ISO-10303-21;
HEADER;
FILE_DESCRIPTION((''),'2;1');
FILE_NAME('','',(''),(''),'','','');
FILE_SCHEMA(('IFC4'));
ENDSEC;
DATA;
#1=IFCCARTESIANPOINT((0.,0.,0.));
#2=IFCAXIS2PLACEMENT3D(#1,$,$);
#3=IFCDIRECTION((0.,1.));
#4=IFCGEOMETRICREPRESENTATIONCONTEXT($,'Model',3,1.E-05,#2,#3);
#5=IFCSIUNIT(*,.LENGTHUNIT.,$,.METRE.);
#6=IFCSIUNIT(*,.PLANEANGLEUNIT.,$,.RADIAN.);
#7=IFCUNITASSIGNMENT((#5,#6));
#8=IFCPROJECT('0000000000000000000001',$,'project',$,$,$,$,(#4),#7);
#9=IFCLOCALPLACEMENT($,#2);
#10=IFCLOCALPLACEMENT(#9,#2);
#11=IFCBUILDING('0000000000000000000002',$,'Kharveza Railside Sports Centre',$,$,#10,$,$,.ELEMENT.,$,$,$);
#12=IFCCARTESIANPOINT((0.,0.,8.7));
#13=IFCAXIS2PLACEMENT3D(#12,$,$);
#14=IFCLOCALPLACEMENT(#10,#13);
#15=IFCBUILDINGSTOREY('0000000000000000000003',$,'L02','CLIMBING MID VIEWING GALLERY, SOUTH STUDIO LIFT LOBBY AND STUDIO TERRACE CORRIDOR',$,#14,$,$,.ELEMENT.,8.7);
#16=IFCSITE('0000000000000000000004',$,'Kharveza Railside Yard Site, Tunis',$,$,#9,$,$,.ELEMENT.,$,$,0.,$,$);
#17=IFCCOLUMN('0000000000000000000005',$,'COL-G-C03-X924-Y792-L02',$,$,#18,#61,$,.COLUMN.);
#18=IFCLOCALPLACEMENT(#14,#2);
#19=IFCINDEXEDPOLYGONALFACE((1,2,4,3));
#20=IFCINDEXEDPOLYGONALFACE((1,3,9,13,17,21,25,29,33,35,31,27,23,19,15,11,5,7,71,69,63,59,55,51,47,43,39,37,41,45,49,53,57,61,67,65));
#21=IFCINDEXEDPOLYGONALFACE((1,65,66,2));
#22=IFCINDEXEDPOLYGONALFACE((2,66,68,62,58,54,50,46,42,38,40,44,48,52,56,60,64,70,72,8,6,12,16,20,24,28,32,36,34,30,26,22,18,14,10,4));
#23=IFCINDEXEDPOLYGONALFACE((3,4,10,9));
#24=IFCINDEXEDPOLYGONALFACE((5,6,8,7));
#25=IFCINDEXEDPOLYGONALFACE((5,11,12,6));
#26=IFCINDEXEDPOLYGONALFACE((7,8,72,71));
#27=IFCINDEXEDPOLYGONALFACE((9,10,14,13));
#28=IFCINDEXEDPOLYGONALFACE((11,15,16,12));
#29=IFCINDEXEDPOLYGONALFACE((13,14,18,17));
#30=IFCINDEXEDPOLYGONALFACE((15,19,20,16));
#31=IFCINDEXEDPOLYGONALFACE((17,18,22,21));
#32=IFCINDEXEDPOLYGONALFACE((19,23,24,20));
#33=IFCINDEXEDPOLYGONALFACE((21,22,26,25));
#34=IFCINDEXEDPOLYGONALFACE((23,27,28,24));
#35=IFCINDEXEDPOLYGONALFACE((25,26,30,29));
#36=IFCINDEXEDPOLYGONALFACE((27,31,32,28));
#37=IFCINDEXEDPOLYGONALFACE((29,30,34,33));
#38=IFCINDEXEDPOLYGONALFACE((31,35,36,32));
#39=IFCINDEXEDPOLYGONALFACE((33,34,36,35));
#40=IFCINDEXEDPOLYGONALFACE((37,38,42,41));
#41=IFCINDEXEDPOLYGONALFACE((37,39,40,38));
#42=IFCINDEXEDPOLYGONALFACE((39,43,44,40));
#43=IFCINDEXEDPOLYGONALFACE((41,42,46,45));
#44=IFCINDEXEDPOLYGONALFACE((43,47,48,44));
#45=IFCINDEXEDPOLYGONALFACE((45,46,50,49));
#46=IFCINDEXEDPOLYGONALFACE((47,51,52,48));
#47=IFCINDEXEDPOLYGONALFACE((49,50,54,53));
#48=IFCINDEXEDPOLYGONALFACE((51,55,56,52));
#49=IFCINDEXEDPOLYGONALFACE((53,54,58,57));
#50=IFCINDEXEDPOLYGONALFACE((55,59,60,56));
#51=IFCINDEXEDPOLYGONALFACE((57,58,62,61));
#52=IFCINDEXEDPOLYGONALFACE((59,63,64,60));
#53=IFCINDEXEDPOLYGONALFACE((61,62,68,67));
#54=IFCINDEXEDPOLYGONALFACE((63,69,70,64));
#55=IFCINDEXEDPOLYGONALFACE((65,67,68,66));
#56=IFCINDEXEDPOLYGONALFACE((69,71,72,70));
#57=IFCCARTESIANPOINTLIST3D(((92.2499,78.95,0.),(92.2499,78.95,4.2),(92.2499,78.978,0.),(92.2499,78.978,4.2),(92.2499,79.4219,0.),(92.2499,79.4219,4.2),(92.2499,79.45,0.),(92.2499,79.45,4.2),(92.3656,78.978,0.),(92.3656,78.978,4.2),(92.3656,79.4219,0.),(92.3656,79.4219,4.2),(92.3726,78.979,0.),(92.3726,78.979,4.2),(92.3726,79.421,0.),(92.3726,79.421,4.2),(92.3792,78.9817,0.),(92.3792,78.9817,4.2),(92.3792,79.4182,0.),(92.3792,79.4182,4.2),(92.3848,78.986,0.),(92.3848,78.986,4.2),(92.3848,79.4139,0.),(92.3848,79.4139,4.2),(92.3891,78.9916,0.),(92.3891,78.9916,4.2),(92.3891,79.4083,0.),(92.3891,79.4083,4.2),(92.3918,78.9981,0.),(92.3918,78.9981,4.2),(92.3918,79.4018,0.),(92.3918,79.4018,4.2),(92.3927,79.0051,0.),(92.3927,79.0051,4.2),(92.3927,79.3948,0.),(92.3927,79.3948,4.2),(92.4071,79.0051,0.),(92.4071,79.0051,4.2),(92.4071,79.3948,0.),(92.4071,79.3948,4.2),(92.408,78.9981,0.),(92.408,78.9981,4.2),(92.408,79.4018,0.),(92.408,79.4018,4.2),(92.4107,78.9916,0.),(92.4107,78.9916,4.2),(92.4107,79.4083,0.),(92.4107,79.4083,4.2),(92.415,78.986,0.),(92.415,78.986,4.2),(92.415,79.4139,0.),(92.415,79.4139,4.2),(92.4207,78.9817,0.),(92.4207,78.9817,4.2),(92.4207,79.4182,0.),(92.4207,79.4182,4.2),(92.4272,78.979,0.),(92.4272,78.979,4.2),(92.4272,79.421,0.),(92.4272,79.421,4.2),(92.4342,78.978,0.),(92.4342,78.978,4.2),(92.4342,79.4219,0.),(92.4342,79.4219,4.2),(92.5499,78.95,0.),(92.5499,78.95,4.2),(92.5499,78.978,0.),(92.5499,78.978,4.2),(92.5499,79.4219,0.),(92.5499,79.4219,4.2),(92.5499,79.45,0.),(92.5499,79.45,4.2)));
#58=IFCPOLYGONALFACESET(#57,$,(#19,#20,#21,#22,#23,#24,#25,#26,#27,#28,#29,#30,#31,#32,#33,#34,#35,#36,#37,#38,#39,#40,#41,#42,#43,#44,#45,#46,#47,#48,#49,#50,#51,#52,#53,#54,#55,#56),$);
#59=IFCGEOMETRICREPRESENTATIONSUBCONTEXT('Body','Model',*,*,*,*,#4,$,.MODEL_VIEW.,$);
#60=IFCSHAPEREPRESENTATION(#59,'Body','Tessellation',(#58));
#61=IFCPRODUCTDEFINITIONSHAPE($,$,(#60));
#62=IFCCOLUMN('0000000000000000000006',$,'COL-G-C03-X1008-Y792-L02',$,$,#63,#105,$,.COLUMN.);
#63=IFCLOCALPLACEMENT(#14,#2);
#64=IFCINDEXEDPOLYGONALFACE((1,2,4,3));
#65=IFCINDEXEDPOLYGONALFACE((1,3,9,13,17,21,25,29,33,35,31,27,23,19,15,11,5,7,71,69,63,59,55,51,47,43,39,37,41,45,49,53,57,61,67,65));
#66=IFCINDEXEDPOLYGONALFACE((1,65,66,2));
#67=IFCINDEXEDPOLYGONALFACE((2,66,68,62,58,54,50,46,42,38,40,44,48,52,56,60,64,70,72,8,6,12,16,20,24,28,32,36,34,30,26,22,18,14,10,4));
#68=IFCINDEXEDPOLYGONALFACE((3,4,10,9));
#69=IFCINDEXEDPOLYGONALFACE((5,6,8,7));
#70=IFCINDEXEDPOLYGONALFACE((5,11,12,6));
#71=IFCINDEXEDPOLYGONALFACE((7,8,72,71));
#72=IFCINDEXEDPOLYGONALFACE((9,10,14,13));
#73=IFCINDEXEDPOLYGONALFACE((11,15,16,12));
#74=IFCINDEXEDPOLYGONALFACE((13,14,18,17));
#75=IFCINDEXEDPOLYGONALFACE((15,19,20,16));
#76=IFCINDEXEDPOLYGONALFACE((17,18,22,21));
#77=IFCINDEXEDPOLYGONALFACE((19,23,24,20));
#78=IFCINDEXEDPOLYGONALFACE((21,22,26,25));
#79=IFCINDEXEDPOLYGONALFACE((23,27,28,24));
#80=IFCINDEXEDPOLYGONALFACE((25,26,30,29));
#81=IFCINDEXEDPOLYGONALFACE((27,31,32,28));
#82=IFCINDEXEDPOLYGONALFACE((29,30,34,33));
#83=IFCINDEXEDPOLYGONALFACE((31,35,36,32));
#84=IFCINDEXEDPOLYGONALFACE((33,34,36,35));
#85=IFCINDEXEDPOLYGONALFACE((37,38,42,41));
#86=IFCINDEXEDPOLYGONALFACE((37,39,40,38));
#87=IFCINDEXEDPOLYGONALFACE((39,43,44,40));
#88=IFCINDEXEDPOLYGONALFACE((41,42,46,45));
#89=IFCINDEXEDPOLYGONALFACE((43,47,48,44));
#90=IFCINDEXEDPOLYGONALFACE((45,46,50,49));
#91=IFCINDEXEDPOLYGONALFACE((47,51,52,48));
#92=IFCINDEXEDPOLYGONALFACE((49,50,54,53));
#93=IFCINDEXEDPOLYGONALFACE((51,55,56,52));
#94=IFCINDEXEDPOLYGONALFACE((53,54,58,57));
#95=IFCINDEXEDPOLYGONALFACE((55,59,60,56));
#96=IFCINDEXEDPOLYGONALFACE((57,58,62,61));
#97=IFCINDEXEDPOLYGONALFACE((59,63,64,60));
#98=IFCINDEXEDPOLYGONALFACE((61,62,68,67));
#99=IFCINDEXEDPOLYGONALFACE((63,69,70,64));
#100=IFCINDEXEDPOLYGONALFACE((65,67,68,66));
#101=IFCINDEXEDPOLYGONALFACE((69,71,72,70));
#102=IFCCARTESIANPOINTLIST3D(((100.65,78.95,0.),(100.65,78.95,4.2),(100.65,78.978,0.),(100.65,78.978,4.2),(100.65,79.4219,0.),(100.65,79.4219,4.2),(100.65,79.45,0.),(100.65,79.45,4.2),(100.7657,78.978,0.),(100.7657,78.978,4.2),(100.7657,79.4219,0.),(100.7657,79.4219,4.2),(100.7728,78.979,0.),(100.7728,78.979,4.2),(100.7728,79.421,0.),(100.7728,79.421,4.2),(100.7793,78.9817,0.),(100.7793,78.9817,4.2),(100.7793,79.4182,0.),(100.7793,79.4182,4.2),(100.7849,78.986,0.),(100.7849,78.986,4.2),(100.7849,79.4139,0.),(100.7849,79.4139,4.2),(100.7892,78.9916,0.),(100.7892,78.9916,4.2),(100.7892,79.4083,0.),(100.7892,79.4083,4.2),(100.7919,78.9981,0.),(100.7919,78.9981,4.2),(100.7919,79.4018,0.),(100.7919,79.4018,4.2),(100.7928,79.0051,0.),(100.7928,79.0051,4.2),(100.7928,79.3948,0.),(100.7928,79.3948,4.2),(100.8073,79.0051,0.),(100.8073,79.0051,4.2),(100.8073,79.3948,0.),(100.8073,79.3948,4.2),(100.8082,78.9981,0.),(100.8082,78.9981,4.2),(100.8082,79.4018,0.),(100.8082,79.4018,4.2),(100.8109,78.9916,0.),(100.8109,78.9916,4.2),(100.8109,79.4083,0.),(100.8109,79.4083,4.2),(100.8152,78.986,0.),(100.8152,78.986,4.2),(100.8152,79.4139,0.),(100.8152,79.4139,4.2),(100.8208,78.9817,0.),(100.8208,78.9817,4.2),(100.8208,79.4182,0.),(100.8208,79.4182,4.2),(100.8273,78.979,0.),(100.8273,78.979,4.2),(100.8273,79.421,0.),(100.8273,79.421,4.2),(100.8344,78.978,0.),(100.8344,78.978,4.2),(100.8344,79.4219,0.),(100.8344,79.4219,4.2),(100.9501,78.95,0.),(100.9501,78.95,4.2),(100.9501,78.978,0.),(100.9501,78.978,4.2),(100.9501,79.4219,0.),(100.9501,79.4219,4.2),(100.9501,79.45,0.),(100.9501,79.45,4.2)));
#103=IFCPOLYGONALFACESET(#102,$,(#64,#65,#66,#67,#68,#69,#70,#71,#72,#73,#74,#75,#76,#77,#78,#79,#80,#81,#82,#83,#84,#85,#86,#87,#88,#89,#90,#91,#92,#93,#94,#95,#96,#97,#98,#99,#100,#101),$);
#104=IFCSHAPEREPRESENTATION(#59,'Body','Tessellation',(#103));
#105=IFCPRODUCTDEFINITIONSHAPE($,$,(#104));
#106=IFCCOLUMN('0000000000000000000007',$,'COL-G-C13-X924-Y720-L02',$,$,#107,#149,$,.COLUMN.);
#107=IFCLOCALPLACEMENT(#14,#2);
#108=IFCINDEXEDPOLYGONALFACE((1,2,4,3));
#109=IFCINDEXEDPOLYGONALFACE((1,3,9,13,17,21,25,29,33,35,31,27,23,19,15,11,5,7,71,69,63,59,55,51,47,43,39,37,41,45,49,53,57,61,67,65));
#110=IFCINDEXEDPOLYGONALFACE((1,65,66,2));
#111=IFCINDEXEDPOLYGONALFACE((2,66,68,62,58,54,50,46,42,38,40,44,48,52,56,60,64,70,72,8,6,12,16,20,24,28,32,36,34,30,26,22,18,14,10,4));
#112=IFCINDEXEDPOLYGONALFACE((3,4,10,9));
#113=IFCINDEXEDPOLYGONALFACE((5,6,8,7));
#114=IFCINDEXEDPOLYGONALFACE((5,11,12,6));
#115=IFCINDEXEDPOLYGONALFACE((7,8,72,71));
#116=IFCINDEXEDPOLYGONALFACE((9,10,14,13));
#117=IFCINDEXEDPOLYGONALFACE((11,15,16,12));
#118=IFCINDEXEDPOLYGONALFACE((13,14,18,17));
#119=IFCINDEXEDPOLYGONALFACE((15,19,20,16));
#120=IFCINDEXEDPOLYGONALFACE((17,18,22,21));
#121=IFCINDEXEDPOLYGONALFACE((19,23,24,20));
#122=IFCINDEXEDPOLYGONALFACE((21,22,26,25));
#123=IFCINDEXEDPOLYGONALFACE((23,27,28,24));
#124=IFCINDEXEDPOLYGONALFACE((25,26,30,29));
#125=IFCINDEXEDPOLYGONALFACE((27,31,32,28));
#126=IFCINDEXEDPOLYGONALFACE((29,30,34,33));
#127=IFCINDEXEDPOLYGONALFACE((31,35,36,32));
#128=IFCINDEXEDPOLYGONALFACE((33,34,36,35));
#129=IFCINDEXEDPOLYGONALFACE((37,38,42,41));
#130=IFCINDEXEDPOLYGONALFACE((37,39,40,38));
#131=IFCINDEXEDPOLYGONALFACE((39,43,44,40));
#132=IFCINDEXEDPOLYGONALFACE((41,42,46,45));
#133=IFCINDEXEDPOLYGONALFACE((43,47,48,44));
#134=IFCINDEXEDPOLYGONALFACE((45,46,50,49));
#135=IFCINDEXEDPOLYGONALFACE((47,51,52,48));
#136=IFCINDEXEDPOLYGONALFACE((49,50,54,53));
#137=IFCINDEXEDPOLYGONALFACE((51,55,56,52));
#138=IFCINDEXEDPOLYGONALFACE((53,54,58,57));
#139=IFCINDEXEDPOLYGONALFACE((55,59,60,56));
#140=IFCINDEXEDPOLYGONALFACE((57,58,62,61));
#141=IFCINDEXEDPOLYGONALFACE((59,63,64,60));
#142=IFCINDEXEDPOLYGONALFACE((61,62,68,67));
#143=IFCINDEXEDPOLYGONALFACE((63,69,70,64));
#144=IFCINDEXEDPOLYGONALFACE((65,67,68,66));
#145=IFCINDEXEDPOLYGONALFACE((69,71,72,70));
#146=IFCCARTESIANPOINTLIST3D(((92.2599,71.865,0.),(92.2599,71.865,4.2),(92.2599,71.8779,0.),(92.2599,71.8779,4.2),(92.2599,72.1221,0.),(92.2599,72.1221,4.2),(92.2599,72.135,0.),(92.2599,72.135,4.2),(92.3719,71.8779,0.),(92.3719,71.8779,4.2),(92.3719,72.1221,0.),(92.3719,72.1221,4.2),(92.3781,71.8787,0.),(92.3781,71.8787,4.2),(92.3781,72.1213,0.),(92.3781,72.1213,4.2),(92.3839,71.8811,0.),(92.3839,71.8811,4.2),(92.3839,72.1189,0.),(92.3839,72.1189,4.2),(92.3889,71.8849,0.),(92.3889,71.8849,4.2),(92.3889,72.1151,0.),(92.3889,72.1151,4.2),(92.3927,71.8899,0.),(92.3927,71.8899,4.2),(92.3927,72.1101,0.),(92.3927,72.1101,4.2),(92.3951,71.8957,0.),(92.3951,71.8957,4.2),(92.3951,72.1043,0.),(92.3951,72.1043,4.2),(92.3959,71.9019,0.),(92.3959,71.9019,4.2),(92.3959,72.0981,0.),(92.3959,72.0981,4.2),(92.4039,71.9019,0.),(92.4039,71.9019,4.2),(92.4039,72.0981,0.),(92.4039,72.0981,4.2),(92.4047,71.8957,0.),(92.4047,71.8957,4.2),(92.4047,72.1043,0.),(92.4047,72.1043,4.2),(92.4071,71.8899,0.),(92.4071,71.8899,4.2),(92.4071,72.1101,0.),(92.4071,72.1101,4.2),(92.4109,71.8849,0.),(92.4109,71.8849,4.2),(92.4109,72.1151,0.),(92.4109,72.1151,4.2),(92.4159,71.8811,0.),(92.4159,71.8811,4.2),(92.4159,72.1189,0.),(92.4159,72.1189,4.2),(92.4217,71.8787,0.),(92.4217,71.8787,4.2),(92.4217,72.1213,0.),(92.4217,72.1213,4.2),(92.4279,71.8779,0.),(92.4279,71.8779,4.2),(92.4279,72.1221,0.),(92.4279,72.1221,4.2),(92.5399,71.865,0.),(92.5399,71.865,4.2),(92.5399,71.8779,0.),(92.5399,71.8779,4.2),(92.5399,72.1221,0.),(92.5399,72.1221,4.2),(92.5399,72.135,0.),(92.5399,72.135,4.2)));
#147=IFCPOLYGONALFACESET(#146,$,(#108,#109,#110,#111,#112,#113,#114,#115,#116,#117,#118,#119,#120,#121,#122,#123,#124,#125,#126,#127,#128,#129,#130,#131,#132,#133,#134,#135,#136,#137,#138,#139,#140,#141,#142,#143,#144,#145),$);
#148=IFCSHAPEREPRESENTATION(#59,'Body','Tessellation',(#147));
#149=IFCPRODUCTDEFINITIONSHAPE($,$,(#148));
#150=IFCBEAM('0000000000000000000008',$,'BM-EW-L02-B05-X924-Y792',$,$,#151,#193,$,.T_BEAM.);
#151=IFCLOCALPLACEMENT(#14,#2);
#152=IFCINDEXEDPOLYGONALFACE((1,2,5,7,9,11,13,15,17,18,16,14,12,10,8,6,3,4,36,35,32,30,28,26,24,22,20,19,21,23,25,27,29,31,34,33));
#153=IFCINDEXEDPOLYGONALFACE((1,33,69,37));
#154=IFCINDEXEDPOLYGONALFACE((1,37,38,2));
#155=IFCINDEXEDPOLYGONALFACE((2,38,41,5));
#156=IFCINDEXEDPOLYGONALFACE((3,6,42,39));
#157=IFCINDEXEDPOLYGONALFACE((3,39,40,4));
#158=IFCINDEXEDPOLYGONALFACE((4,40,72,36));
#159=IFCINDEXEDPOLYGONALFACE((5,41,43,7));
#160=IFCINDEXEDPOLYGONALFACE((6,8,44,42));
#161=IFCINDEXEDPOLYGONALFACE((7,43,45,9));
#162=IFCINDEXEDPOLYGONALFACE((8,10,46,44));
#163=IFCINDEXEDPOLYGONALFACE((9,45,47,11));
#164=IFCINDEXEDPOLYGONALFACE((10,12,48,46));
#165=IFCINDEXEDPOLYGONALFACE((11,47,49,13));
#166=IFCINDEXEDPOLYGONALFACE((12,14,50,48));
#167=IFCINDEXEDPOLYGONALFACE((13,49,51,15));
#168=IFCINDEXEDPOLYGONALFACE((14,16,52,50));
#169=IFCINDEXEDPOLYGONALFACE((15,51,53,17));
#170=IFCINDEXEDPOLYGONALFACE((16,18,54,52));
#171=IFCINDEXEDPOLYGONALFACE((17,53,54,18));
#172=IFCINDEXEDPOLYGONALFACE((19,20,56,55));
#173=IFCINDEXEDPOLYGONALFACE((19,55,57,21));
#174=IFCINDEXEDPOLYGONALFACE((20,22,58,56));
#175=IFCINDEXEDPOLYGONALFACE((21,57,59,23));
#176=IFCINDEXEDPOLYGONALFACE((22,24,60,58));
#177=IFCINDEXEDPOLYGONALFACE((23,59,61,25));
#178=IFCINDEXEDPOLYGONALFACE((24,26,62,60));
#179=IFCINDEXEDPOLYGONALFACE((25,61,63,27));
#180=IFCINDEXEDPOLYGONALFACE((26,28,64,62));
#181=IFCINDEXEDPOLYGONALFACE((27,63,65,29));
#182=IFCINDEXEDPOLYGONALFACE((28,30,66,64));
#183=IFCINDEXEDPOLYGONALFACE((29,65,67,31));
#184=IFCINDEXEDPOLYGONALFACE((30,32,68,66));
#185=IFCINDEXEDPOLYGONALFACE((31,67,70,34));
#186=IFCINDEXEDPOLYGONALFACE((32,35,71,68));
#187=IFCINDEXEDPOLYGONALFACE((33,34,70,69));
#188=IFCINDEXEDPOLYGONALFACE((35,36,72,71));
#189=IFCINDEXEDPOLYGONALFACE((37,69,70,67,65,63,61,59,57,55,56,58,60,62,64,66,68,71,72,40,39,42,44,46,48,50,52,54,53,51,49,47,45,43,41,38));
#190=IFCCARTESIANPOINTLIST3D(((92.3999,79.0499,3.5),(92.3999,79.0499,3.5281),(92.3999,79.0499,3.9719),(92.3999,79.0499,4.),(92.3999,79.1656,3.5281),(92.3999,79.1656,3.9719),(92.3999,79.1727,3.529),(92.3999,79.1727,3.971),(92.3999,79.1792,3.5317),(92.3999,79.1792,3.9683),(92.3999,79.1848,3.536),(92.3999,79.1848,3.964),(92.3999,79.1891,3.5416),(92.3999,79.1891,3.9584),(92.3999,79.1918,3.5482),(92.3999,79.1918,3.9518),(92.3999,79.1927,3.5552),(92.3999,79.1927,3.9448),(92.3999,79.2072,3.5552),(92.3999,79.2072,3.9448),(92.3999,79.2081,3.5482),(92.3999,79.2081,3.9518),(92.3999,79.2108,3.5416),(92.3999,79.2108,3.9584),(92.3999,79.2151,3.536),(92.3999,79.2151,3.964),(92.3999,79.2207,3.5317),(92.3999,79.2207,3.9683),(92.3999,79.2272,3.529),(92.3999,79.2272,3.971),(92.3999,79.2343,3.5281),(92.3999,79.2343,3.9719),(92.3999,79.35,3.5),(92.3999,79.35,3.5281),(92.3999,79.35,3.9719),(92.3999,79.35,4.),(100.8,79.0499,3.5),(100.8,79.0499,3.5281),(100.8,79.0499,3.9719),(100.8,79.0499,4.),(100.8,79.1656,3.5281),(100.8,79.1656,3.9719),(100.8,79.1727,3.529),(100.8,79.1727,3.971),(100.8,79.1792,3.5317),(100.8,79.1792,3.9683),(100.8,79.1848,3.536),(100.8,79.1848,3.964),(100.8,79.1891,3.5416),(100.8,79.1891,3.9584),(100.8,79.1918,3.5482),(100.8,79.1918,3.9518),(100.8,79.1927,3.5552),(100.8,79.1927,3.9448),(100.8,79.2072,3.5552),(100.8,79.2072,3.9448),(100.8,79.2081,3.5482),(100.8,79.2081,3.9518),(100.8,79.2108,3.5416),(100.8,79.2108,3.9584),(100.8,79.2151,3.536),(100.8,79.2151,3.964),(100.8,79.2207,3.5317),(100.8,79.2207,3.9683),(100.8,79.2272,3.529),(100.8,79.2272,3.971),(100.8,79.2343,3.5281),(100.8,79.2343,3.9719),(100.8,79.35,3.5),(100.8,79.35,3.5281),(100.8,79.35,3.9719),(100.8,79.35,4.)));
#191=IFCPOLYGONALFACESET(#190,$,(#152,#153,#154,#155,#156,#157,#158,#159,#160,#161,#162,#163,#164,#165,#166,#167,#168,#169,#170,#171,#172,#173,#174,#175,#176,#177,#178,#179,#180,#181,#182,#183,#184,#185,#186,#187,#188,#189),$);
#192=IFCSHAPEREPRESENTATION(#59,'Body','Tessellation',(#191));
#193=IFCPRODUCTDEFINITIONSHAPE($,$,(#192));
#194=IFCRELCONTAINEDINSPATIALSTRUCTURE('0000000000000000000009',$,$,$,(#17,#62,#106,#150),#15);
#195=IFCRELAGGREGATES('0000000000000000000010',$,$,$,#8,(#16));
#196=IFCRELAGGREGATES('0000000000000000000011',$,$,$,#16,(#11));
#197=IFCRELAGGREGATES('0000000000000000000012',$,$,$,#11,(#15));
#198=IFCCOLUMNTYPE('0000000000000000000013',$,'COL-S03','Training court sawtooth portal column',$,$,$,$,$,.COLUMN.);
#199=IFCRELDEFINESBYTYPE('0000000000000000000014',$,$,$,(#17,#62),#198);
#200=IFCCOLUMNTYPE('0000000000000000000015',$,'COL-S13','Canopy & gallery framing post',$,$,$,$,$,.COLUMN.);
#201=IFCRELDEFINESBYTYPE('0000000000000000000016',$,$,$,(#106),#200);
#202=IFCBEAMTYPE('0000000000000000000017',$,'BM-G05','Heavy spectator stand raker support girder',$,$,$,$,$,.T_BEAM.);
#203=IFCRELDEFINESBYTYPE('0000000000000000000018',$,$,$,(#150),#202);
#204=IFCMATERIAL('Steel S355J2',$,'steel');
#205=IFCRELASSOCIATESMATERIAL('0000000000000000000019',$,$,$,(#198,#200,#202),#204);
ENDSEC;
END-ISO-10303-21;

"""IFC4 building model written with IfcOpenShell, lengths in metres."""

from ifc_helpers import new_model, si_unit, direction, frame, origin, origin_2d, place, context, subcontext, project, spatial, i_section, extrude, material, material_profile, profile_set, type_object, element, save


model = new_model("IFC4")

# Units and contexts
model_context = context("Model", 3, precision=1e-05, world=origin(), true_north=direction((0.0, 1.0)))
body_context = subcontext(model_context, "Body", "Model", "MODEL_VIEW")
ifc_project = project(units=[si_unit("LENGTHUNIT", "METRE"), si_unit("PLANEANGLEUNIT", "RADIAN")], contexts=[model_context])

# Site, building, storey
site_placement = place(None, origin())
site = spatial("IfcSite", under=ifc_project, at=site_placement, Name="Kharveza Railside Yard Site, Tunis", CompositionType="ELEMENT", RefElevation=0.0)
building_placement = place(site_placement, origin())
building = spatial("IfcBuilding", under=site, at=building_placement, Name="Kharveza Railside Sports Centre", CompositionType="ELEMENT")
storey_placement = place(building_placement, frame((0.0, 0.0, 8.7)))
storey = spatial("IfcBuildingStorey", under=building, at=storey_placement, Name="L02", Description="CLIMBING MID VIEWING GALLERY, SOUTH STUDIO LIFT LOBBY AND STUDIO TERRACE CORRIDOR", CompositionType="ELEMENT", Elevation=8.7)

# Columns
ifc_material_1 = material(Name="Steel S355J2", Category="steel")
ifc_material_profile_1 = material_profile(ifc_material_1, i_section(OverallWidth=0.3, OverallDepth=0.5, WebThickness=0.0144, FlangeThickness=0.0281, FilletRadius=0.0271, at=origin_2d()), Name="HEB 500")
ifc_profile_set_1 = profile_set([ifc_material_profile_1], Name="Steel S355J2")
column_type_1 = type_object("IfcColumnType", Name="COL-S03", Description="Training court sawtooth portal column", PredefinedType="COLUMN", material=ifc_profile_set_1)
for number, where, z_axis, x_axis, name in (
    (1, (92.3999, 79.2, 0.0), (0.0, 0.0, 1.0), (1.0, 0.0, 0.0), "COL-G-C03-X924-Y792-L02"),
    (2, (100.8, 79.2, 0.0), (0.0, 0.0, 1.0), (1.0, 0.0, 0.0), "COL-G-C03-X1008-Y792-L02"),
):
    element("IfcColumn", number, at=place(storey_placement, frame(where, z_axis=z_axis, x_axis=x_axis)), inside=storey, type_object=column_type_1, Name=name, PredefinedType="COLUMN", context=body_context, shape_type="SweptSolid", body=[
        extrude(i_section(OverallWidth=0.3, OverallDepth=0.5, WebThickness=0.0144, FlangeThickness=0.0281, FilletRadius=0.0271, at=origin_2d()), origin(), (0.0, 0.0, 1.0), 4.2),
    ])
ifc_material_profile_2 = material_profile(ifc_material_1, i_section(OverallWidth=0.28, OverallDepth=0.27, WebThickness=0.0081, FlangeThickness=0.0129, FilletRadius=0.0239, at=origin_2d()), Name="HEA 280")
ifc_profile_set_2 = profile_set([ifc_material_profile_2], Name="Steel S355J2")
column_type_2 = type_object("IfcColumnType", Name="COL-S13", Description="Canopy & gallery framing post", PredefinedType="COLUMN", material=ifc_profile_set_2)
column_placement = place(storey_placement, frame((92.3999, 72.0, 0.0), z_axis=(0.0, 0.0, 1.0), x_axis=(1.0, 0.0, 0.0)))
element("IfcColumn", 3, at=column_placement, inside=storey, type_object=column_type_2, Name="COL-G-C13-X924-Y720-L02", PredefinedType="COLUMN", context=body_context, shape_type="SweptSolid", body=[
    extrude(i_section(OverallWidth=0.28, OverallDepth=0.27, WebThickness=0.0081, FlangeThickness=0.0129, FilletRadius=0.0239, at=origin_2d()), origin(), (0.0, 0.0, 1.0), 4.2),
])

# Beam
ifc_material_profile_3 = material_profile(ifc_material_1, i_section(OverallWidth=0.3, OverallDepth=0.5, WebThickness=0.0144, FlangeThickness=0.0281, FilletRadius=0.0271, at=origin_2d()), Name="HEB 500")
ifc_profile_set_3 = profile_set([ifc_material_profile_3], Name="Steel S355J2")
beam_type_1 = type_object("IfcBeamType", Name="BM-G05", Description="Heavy spectator stand raker support girder", PredefinedType="T_BEAM", material=ifc_profile_set_3)
beam_1_placement = place(storey_placement, frame((92.3999, 79.2, 3.75), z_axis=(1.0, 0.0, 0.0), x_axis=(0.0, 1.0, 0.0)))
element("IfcBeam", 4, at=beam_1_placement, inside=storey, type_object=beam_type_1, Name="BM-EW-L02-B05-X924-Y792", PredefinedType="T_BEAM", context=body_context, shape_type="SweptSolid", body=[
    extrude(i_section(OverallWidth=0.3, OverallDepth=0.5, WebThickness=0.0144, FlangeThickness=0.0281, FilletRadius=0.0271, at=origin_2d()), origin(), (0.0, 0.0, 1.0), 8.4001),
])

save(model, "model.ifc")
